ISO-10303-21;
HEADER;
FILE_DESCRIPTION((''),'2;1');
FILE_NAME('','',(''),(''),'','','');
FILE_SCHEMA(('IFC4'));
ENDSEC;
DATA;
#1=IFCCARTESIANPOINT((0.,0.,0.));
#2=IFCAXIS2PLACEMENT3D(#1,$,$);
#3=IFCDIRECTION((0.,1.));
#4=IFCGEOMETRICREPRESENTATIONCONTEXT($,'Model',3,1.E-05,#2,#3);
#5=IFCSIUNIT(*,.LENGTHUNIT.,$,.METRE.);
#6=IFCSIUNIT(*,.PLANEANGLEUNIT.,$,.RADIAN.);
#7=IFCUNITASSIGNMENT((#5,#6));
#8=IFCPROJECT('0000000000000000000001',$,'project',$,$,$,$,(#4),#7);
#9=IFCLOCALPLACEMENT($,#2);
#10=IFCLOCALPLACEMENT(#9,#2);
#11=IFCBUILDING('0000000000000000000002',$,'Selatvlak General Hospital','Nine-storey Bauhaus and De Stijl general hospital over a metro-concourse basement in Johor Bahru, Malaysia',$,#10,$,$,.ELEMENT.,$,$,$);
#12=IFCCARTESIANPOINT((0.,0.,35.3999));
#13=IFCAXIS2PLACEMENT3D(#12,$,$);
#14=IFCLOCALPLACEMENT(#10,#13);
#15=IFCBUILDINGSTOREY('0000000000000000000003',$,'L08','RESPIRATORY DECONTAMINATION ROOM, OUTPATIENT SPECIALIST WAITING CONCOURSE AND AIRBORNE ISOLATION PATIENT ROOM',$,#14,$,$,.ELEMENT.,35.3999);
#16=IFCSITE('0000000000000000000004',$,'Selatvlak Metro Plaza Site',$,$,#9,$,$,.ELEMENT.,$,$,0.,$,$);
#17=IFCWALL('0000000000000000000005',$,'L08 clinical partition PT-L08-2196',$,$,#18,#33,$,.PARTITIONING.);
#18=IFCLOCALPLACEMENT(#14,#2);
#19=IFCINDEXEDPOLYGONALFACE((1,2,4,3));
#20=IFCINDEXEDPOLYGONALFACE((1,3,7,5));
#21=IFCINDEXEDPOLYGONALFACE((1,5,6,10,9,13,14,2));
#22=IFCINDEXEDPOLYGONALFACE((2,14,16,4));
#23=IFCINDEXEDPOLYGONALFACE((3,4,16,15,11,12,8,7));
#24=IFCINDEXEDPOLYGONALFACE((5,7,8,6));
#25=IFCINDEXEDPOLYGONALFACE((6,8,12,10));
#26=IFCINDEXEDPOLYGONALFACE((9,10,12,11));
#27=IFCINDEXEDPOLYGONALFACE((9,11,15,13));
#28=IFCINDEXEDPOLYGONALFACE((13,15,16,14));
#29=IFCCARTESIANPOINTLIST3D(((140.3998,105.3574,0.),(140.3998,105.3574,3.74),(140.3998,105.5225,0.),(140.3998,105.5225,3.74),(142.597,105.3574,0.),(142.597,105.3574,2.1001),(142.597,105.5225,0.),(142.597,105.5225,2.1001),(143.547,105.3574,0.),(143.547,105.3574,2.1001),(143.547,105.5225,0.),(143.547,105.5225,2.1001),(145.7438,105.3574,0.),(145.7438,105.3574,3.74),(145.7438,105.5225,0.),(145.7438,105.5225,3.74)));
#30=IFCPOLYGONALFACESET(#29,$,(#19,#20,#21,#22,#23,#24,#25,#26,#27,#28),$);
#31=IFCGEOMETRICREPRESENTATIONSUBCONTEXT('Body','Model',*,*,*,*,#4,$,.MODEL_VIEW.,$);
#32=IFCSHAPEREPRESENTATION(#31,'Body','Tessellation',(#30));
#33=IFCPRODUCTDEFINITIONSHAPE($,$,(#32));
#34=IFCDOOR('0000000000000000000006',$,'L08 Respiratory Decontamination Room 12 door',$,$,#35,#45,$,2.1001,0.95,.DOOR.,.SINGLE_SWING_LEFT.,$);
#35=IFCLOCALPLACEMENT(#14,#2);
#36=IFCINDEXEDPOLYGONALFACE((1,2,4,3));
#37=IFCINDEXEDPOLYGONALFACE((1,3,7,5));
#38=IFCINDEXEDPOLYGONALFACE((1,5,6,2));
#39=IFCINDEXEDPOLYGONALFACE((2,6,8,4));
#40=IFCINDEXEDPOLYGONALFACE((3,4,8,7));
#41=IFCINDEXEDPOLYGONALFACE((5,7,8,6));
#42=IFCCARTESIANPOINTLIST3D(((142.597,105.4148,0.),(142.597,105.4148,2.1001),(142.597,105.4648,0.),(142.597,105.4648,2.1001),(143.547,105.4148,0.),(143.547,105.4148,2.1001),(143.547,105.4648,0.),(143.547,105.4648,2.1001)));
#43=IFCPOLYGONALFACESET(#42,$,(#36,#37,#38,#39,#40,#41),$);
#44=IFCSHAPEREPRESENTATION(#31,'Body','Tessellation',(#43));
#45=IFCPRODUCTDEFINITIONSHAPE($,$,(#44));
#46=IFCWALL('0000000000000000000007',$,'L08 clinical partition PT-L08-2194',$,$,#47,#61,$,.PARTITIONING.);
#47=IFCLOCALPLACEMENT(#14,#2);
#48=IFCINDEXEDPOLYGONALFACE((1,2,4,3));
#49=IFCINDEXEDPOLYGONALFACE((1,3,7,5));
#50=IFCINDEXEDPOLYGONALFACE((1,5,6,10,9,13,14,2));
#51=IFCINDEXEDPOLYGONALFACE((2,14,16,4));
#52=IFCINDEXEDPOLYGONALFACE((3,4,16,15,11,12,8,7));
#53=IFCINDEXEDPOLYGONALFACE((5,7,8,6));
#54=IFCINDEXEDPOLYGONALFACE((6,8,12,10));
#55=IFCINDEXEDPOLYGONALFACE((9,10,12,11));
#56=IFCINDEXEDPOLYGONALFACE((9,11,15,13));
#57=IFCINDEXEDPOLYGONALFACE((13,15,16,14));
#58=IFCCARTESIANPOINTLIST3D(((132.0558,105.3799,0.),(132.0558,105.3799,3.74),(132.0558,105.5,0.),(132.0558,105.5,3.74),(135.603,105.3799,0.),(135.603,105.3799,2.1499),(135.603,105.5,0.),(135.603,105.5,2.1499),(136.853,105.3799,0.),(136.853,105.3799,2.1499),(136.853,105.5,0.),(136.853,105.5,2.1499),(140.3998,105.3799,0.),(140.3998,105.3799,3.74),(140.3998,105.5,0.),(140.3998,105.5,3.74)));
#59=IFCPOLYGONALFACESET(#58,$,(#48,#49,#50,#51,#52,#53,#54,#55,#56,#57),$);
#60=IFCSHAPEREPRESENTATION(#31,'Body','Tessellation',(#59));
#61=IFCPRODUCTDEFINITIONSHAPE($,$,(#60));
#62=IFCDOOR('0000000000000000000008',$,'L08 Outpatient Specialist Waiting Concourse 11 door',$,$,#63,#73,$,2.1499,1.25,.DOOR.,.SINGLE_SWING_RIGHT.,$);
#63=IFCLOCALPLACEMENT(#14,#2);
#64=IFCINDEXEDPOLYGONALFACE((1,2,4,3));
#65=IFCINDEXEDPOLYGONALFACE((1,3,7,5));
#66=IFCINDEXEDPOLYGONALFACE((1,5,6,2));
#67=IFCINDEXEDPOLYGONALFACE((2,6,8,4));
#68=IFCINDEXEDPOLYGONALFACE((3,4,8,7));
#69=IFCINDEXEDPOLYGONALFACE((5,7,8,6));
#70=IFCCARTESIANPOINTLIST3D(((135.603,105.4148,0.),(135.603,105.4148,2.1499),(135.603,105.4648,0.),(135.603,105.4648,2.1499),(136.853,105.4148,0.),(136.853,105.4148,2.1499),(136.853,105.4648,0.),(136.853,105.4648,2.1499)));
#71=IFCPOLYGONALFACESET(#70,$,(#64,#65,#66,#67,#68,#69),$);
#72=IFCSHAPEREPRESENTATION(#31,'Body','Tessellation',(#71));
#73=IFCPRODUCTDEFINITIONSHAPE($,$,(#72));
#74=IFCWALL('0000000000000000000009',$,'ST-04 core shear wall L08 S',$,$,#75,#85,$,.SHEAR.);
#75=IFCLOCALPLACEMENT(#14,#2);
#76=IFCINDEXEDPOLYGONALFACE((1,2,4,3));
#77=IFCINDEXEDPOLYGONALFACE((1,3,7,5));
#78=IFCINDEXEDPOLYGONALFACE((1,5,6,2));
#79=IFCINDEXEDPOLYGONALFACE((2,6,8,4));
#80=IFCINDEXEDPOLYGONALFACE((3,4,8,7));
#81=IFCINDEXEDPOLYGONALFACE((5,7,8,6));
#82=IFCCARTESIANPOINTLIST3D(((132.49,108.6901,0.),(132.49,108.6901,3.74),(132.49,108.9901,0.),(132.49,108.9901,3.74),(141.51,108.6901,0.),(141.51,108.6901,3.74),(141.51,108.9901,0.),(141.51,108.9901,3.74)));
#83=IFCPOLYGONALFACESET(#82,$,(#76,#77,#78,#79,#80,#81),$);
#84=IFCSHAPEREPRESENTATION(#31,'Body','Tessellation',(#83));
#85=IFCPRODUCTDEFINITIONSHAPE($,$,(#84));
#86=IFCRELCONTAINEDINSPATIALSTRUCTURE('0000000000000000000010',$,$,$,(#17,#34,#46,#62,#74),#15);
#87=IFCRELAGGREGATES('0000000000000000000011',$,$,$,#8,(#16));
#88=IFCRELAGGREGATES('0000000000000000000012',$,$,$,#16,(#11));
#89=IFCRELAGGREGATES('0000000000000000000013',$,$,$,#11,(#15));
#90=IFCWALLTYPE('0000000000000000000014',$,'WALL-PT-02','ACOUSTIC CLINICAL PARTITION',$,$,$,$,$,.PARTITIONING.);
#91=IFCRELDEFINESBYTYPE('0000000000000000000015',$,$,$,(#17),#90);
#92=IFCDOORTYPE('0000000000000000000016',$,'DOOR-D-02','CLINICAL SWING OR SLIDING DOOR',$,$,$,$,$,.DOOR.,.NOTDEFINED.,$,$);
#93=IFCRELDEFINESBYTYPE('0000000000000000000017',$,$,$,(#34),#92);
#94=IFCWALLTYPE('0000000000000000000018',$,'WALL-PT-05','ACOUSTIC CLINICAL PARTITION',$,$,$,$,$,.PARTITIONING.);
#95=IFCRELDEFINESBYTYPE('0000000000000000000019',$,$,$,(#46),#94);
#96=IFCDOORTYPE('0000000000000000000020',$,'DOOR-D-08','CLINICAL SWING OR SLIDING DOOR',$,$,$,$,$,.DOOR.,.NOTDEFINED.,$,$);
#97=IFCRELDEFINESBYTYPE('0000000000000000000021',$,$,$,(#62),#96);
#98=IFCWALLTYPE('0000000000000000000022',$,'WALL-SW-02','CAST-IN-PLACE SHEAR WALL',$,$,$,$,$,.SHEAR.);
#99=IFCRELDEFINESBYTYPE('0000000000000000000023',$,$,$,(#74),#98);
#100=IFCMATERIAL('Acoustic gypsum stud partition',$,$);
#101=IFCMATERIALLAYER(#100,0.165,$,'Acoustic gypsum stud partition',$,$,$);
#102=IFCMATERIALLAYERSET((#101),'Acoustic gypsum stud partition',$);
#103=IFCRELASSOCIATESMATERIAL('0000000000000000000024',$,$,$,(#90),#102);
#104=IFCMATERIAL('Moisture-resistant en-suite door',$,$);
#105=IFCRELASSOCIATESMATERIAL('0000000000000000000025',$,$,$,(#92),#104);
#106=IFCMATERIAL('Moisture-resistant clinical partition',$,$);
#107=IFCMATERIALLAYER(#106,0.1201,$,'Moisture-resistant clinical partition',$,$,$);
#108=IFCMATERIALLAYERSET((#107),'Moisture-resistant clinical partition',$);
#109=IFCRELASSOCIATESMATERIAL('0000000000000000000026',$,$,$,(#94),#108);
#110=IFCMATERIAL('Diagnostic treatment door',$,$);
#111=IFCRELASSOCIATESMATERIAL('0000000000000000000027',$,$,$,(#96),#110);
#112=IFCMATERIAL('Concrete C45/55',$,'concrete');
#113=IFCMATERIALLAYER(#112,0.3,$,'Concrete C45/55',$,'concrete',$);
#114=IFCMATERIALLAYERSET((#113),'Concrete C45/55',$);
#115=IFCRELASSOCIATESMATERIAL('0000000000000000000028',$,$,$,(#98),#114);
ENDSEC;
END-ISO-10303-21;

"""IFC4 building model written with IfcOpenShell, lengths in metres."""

from ifc_helpers import new_model, si_unit, direction, frame, frame_2d, origin, place, context, subcontext, project, spatial, rectangle, extrude, material, layer, layer_set, type_object, element, fill, save


model = new_model("IFC4")

# Units and contexts
model_context = context("Model", 3, precision=1e-05, world=origin(), true_north=direction((0.0, 1.0)))
body_context = subcontext(model_context, "Body", "Model", "MODEL_VIEW")
ifc_project = project(units=[si_unit("LENGTHUNIT", "METRE"), si_unit("PLANEANGLEUNIT", "RADIAN")], contexts=[model_context])

# Site, building, storey
site_placement = place(None, origin())
site = spatial("IfcSite", under=ifc_project, at=site_placement, Name="Selatvlak Metro Plaza Site", CompositionType="ELEMENT", RefElevation=0.0)
building_placement = place(site_placement, origin())
building = spatial("IfcBuilding", under=site, at=building_placement, Name="Selatvlak General Hospital", Description="Nine-storey Bauhaus and De Stijl general hospital over a metro-concourse basement in Johor Bahru, Malaysia", CompositionType="ELEMENT")
storey_placement = place(building_placement, frame((0.0, 0.0, 35.3999)))
storey = spatial("IfcBuildingStorey", under=building, at=storey_placement, Name="L08", Description="RESPIRATORY DECONTAMINATION ROOM, OUTPATIENT SPECIALIST WAITING CONCOURSE AND AIRBORNE ISOLATION PATIENT ROOM", CompositionType="ELEMENT", Elevation=35.3999)

# Shared definitions
ifc_material_1 = material(Name="Acoustic gypsum stud partition")

# Walls, openings, doors
ifc_layer_1 = layer(ifc_material_1, 0.165, Name="Acoustic gypsum stud partition")
ifc_layer_set_1 = layer_set([ifc_layer_1], Name="Acoustic gypsum stud partition")
wall_type_1 = type_object("IfcWallType", Name="WALL-PT-02", Description="ACOUSTIC CLINICAL PARTITION", PredefinedType="PARTITIONING", material=ifc_layer_set_1)
wall_1_placement = place(storey_placement, frame((140.3999, 105.4399, 0.0), z_axis=(0.0, 0.0, 1.0), x_axis=(1.0, 0.0, 0.0)))
wall_1 = element("IfcWall", 1, at=wall_1_placement, inside=storey, type_object=wall_type_1, Name="L08 clinical partition PT-L08-2196", PredefinedType="PARTITIONING", context=body_context, shape_type="SweptSolid", body=[
    extrude(rectangle(XDim=5.344, YDim=0.165, at=frame_2d((2.6719, 0.0))), origin(), (0.0, 0.0, 1.0), 3.74),
])
opening_1_placement = place(wall_1_placement, frame((2.197, 0.0, 0.0)))
opening_1 = element("IfcOpeningElement", 2, at=opening_1_placement, cuts=wall_1, PredefinedType="OPENING", context=body_context, shape_type="SweptSolid", body=[
    extrude(rectangle(XDim=0.95, YDim=2.1001, at=frame_2d((0.4751, 1.05))), frame((0.0, 0.0925, 0.0), z_axis=(0.0, -1.0, 0.0), x_axis=(1.0, 0.0, 0.0)), (0.0, 0.0, 1.0), 0.1851),
])
ifc_material_2 = material(Name="Moisture-resistant en-suite door")
door_type_1 = type_object("IfcDoorType", Name="DOOR-D-02", Description="CLINICAL SWING OR SLIDING DOOR", OperationType="NOTDEFINED", PredefinedType="DOOR", material=ifc_material_2)
door_1_placement = place(opening_1_placement, origin())
door_1 = element("IfcDoor", 3, at=door_1_placement, inside=storey, type_object=door_type_1, Name="L08 Respiratory Decontamination Room 12 door", OperationType="SINGLE_SWING_LEFT", OverallHeight=2.1001, OverallWidth=0.95, PredefinedType="DOOR", context=body_context, shape_type="SweptSolid", body=[
    extrude(rectangle(XDim=0.95, YDim=2.1001, at=frame_2d((0.4751, 1.05))), frame((0.0, 0.0249, 0.0), z_axis=(0.0, -1.0, 0.0), x_axis=(1.0, 0.0, 0.0)), (0.0, 0.0, 1.0), 0.05),
])
fill(opening_1, door_1)
ifc_material_3 = material(Name="Moisture-resistant clinical partition")
ifc_layer_2 = layer(ifc_material_3, 0.1201, Name="Moisture-resistant clinical partition")
ifc_layer_set_2 = layer_set([ifc_layer_2], Name="Moisture-resistant clinical partition")
wall_type_2 = type_object("IfcWallType", Name="WALL-PT-05", Description="ACOUSTIC CLINICAL PARTITION", PredefinedType="PARTITIONING", material=ifc_layer_set_2)
wall_2_placement = place(storey_placement, frame((132.0559, 105.4399, 0.0), z_axis=(0.0, 0.0, 1.0), x_axis=(1.0, 0.0, 0.0)))
wall_2 = element("IfcWall", 4, at=wall_2_placement, inside=storey, type_object=wall_type_2, Name="L08 clinical partition PT-L08-2194", PredefinedType="PARTITIONING", context=body_context, shape_type="SweptSolid", body=[
    extrude(rectangle(XDim=8.344, YDim=0.1201, at=frame_2d((4.1719, 0.0))), origin(), (0.0, 0.0, 1.0), 3.74),
])
opening_2_placement = place(wall_2_placement, frame((3.5471, 0.0, 0.0)))
opening_2 = element("IfcOpeningElement", 5, at=opening_2_placement, cuts=wall_2, PredefinedType="OPENING", context=body_context, shape_type="SweptSolid", body=[
    extrude(rectangle(XDim=1.25, YDim=2.1499, at=frame_2d((0.625, 1.075))), frame((0.0, 0.0701, 0.0), z_axis=(0.0, -1.0, 0.0), x_axis=(1.0, 0.0, 0.0)), (0.0, 0.0, 1.0), 0.1401),
])
ifc_material_4 = material(Name="Diagnostic treatment door")
door_type_2 = type_object("IfcDoorType", Name="DOOR-D-08", Description="CLINICAL SWING OR SLIDING DOOR", OperationType="NOTDEFINED", PredefinedType="DOOR", material=ifc_material_4)
door_2_placement = place(opening_2_placement, origin())
door_2 = element("IfcDoor", 6, at=door_2_placement, inside=storey, type_object=door_type_2, Name="L08 Outpatient Specialist Waiting Concourse 11 door", OperationType="SINGLE_SWING_RIGHT", OverallHeight=2.1499, OverallWidth=1.25, PredefinedType="DOOR", context=body_context, shape_type="SweptSolid", body=[
    extrude(rectangle(XDim=1.25, YDim=2.1499, at=frame_2d((0.625, 1.075))), frame((0.0, 0.0249, 0.0), z_axis=(0.0, -1.0, 0.0), x_axis=(1.0, 0.0, 0.0)), (0.0, 0.0, 1.0), 0.05),
])
fill(opening_2, door_2)

# Wall
ifc_material_5 = material(Name="Concrete C45/55", Category="concrete")
ifc_layer_3 = layer(ifc_material_5, 0.3, Name="Concrete C45/55", Category="concrete")
ifc_layer_set_3 = layer_set([ifc_layer_3], Name="Concrete C45/55")
wall_type_3 = type_object("IfcWallType", Name="WALL-SW-02", Description="CAST-IN-PLACE SHEAR WALL", PredefinedType="SHEAR", material=ifc_layer_set_3)
wall_3_placement = place(storey_placement, frame((132.49, 108.8401, 0.0), z_axis=(0.0, 0.0, 1.0), x_axis=(1.0, 0.0, 0.0)))
element("IfcWall", 7, at=wall_3_placement, inside=storey, type_object=wall_type_3, Name="ST-04 core shear wall L08 S", PredefinedType="SHEAR", context=body_context, shape_type="SweptSolid", body=[
    extrude(rectangle(XDim=9.02, YDim=0.3, at=frame_2d((4.51, 0.0))), origin(), (0.0, 0.0, 1.0), 3.74),
])

save(model, "model.ifc")
